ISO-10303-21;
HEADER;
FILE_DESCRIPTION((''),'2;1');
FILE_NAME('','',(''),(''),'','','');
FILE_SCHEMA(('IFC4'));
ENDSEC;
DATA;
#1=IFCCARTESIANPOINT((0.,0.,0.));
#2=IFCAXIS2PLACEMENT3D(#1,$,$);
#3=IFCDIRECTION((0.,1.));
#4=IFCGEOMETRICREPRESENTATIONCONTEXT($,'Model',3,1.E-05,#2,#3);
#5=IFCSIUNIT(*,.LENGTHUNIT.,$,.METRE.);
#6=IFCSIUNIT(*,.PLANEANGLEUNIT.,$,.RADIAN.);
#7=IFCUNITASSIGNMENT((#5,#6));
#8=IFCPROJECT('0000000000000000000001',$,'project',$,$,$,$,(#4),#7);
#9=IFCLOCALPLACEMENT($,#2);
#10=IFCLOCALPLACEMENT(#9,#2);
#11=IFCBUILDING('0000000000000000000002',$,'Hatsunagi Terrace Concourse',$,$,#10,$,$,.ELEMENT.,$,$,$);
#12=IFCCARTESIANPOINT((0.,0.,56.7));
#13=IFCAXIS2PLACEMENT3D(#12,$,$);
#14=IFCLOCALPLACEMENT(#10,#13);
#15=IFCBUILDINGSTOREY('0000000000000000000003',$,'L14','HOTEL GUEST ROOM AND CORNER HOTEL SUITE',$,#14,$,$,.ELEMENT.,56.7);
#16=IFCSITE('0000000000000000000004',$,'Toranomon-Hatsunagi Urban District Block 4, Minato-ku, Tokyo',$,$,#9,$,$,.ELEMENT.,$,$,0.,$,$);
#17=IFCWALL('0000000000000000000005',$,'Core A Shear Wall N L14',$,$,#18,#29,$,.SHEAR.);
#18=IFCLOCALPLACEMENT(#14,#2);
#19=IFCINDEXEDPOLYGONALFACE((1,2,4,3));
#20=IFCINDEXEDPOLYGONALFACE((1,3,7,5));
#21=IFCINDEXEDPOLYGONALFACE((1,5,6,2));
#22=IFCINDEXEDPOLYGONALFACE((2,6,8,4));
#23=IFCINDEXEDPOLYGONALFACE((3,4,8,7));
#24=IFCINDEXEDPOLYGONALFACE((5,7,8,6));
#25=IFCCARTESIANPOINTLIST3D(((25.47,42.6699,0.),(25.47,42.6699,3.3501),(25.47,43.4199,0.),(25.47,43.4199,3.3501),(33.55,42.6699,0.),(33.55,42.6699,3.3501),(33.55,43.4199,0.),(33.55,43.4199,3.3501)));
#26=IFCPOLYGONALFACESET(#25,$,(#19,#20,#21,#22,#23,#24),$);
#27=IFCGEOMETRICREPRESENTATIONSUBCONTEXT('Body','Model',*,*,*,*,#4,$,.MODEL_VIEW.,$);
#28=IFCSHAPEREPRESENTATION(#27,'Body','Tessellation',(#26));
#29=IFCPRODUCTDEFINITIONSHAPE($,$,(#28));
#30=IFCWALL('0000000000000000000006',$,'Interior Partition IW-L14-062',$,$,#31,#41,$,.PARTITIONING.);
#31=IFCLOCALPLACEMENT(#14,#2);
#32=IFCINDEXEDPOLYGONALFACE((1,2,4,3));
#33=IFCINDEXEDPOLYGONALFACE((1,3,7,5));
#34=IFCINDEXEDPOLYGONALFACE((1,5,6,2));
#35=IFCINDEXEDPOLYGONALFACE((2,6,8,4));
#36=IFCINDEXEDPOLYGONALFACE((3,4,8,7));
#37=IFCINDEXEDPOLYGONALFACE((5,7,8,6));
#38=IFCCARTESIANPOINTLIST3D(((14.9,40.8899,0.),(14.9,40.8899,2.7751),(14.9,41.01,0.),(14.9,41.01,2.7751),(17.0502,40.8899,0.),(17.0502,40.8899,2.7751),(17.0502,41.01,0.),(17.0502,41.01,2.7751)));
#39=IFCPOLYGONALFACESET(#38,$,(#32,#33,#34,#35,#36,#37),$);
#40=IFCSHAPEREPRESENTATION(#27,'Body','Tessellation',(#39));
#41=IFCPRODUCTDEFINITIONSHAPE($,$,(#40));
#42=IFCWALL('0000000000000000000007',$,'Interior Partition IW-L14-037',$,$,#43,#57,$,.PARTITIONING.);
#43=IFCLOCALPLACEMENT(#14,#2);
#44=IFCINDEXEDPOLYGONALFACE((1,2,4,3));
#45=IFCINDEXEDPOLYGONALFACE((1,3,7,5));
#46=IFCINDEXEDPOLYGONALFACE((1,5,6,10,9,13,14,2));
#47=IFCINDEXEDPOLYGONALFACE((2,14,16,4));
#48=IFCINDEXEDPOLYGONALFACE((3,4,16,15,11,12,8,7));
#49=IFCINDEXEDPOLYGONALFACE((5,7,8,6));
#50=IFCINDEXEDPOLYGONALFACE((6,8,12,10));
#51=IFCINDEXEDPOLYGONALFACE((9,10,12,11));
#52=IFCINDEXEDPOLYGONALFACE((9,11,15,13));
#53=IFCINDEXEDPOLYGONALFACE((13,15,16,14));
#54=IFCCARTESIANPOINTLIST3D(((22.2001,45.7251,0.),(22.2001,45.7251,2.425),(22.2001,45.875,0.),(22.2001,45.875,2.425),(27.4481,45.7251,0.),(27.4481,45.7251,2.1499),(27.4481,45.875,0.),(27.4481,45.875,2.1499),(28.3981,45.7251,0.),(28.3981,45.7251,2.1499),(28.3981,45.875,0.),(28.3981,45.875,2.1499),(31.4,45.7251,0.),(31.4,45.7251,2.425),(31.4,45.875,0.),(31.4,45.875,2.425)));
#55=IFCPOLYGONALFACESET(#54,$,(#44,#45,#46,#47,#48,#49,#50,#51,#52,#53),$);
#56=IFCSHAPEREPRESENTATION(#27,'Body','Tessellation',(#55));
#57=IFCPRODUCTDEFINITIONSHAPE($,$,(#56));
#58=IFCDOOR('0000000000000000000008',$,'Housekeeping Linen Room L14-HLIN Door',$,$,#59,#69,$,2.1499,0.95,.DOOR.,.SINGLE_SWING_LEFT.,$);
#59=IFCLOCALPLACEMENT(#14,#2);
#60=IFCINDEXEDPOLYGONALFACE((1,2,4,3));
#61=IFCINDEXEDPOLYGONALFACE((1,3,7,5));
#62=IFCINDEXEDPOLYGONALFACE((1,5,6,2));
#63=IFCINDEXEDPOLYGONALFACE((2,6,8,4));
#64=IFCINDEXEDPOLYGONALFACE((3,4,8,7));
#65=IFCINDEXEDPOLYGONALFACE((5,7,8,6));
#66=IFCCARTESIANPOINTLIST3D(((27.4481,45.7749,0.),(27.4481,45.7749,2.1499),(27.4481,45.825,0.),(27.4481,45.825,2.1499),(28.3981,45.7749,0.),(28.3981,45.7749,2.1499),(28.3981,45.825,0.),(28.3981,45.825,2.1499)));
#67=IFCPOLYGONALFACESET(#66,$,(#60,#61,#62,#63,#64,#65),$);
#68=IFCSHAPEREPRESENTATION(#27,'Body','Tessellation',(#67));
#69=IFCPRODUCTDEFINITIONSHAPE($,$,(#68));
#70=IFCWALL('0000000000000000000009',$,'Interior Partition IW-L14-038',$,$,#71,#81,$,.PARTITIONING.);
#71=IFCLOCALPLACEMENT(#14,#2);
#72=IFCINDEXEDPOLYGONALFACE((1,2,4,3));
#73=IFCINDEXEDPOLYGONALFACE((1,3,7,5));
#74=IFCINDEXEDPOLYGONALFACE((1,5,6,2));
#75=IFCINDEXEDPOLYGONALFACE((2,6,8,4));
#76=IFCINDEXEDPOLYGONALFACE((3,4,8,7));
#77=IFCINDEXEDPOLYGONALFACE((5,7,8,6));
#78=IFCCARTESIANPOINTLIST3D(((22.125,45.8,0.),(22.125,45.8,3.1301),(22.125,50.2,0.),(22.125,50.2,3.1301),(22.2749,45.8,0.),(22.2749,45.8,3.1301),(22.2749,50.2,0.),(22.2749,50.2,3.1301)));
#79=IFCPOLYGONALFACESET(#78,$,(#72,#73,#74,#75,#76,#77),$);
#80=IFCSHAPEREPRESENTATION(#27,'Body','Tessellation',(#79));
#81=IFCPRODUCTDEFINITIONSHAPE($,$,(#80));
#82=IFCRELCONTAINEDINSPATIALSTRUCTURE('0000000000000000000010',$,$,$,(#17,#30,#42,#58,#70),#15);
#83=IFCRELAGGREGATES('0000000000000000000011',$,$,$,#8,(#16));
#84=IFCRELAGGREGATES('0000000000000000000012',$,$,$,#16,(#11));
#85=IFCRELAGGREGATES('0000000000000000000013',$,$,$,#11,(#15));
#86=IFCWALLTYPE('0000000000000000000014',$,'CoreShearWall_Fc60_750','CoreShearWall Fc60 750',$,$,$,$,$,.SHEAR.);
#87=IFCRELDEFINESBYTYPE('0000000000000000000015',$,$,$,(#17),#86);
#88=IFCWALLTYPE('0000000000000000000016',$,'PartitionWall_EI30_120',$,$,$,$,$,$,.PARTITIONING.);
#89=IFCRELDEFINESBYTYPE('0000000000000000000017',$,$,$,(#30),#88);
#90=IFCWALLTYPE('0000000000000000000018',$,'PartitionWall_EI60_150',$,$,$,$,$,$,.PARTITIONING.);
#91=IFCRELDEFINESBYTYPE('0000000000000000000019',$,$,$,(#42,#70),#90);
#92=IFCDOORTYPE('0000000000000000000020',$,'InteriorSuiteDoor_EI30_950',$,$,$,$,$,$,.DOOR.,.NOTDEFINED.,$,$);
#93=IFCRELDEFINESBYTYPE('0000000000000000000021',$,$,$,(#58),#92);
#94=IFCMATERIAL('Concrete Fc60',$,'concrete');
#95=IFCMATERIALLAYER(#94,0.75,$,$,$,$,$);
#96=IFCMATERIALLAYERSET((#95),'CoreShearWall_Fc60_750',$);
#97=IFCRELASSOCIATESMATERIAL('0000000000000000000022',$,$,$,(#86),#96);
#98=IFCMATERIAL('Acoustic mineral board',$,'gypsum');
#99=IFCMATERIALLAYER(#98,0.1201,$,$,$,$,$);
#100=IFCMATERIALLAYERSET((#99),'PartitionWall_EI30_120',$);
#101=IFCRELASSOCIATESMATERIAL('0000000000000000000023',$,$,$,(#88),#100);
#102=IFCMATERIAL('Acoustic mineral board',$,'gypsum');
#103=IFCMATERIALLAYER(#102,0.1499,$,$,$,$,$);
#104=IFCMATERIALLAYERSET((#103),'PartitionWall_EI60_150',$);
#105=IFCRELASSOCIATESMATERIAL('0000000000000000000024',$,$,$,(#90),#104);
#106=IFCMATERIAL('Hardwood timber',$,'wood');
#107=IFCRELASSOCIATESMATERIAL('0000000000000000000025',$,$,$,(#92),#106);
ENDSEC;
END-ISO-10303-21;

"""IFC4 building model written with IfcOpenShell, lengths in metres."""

from ifc_helpers import new_model, si_unit, direction, frame, frame_2d, origin, place, context, subcontext, project, spatial, rectangle, extrude, material, layer, layer_set, type_object, element, fill, save


model = new_model("IFC4")

# Units and contexts
model_context = context("Model", 3, precision=1e-05, world=origin(), true_north=direction((0.0, 1.0)))
body_context = subcontext(model_context, "Body", "Model", "MODEL_VIEW")
ifc_project = project(units=[si_unit("LENGTHUNIT", "METRE"), si_unit("PLANEANGLEUNIT", "RADIAN")], contexts=[model_context])

# Site, building, storey
site_placement = place(None, origin())
site = spatial("IfcSite", under=ifc_project, at=site_placement, Name="Toranomon-Hatsunagi Urban District Block 4, Minato-ku, Tokyo", CompositionType="ELEMENT", RefElevation=0.0)
building_placement = place(site_placement, origin())
building = spatial("IfcBuilding", under=site, at=building_placement, Name="Hatsunagi Terrace Concourse", CompositionType="ELEMENT")
storey_placement = place(building_placement, frame((0.0, 0.0, 56.7)))
storey = spatial("IfcBuildingStorey", under=building, at=storey_placement, Name="L14", Description="HOTEL GUEST ROOM AND CORNER HOTEL SUITE", CompositionType="ELEMENT", Elevation=56.7)

# Walls
ifc_material_1 = material(Name="Concrete Fc60", Category="concrete")
ifc_layer_1 = layer(ifc_material_1, 0.75)
ifc_layer_set_1 = layer_set([ifc_layer_1], Name="CoreShearWall_Fc60_750")
wall_type_1 = type_object("IfcWallType", Name="CoreShearWall_Fc60_750", Description="CoreShearWall Fc60 750", PredefinedType="SHEAR", material=ifc_layer_set_1)
wall_1_placement = place(storey_placement, frame((25.47, 43.0449, 0.0), z_axis=(0.0, 0.0, 1.0), x_axis=(1.0, 0.0, 0.0)))
element("IfcWall", 1, at=wall_1_placement, inside=storey, type_object=wall_type_1, Name="Core A Shear Wall N L14", PredefinedType="SHEAR", context=body_context, shape_type="SweptSolid", body=[
    extrude(rectangle(XDim=8.0801, YDim=0.75, at=frame_2d((4.04, 0.0))), origin(), (0.0, 0.0, 1.0), 3.3501),
])
ifc_material_2 = material(Name="Acoustic mineral board", Category="gypsum")
ifc_layer_2 = layer(ifc_material_2, 0.1201)
ifc_layer_set_2 = layer_set([ifc_layer_2], Name="PartitionWall_EI30_120")
wall_type_2 = type_object("IfcWallType", Name="PartitionWall_EI30_120", PredefinedType="PARTITIONING", material=ifc_layer_set_2)
wall_2_placement = place(storey_placement, frame((14.8999, 40.95, 0.0), z_axis=(0.0, 0.0, 1.0), x_axis=(1.0, 0.0, 0.0)))
element("IfcWall", 2, at=wall_2_placement, inside=storey, type_object=wall_type_2, Name="Interior Partition IW-L14-062", PredefinedType="PARTITIONING", context=body_context, shape_type="SweptSolid", body=[
    extrude(rectangle(XDim=2.1501, YDim=0.1201, at=frame_2d((1.0752, 0.0))), origin(), (0.0, 0.0, 1.0), 2.7751),
])

# Wall, opening, door
ifc_material_3 = material(Name="Acoustic mineral board", Category="gypsum")
ifc_layer_3 = layer(ifc_material_3, 0.1499)
ifc_layer_set_3 = layer_set([ifc_layer_3], Name="PartitionWall_EI60_150")
wall_type_3 = type_object("IfcWallType", Name="PartitionWall_EI60_150", PredefinedType="PARTITIONING", material=ifc_layer_set_3)
wall_3_placement = place(storey_placement, frame((22.2, 45.8, 0.0), z_axis=(0.0, 0.0, 1.0), x_axis=(1.0, 0.0, 0.0)))
wall_3 = element("IfcWall", 3, at=wall_3_placement, inside=storey, type_object=wall_type_3, Name="Interior Partition IW-L14-037", PredefinedType="PARTITIONING", context=body_context, shape_type="SweptSolid", body=[
    extrude(rectangle(XDim=9.2, YDim=0.1499, at=frame_2d((4.6001, 0.0))), origin(), (0.0, 0.0, 1.0), 2.425),
])
opening_placement = place(wall_3_placement, frame((5.248, 0.0, 0.0)))
opening = element("IfcOpeningElement", 4, at=opening_placement, cuts=wall_3, PredefinedType="OPENING", context=body_context, shape_type="SweptSolid", body=[
    extrude(rectangle(XDim=0.95, YDim=2.1499, at=frame_2d((0.4751, 1.075))), frame((0.0, 0.085, 0.0), z_axis=(0.0, -1.0, 0.0), x_axis=(1.0, 0.0, 0.0)), (0.0, 0.0, 1.0), 0.1699),
])
ifc_material_4 = material(Name="Hardwood timber", Category="wood")
door_type = type_object("IfcDoorType", Name="InteriorSuiteDoor_EI30_950", OperationType="NOTDEFINED", PredefinedType="DOOR", material=ifc_material_4)
door_placement = place(opening_placement, origin())
door = element("IfcDoor", 5, at=door_placement, inside=storey, type_object=door_type, Name="Housekeeping Linen Room L14-HLIN Door", OperationType="SINGLE_SWING_LEFT", OverallHeight=2.1499, OverallWidth=0.95, PredefinedType="DOOR", context=body_context, shape_type="SweptSolid", body=[
    extrude(rectangle(XDim=0.95, YDim=2.1499, at=frame_2d((0.4751, 1.075))), frame((0.0, 0.0249, 0.0), z_axis=(0.0, -1.0, 0.0), x_axis=(1.0, 0.0, 0.0)), (0.0, 0.0, 1.0), 0.05),
])
fill(opening, door)

# Wall
wall_4_placement = place(storey_placement, frame((22.2, 45.8, 0.0), z_axis=(0.0, 0.0, 1.0), x_axis=(0.0, 1.0, 0.0)))
element("IfcWall", 6, at=wall_4_placement, inside=storey, type_object=wall_type_3, Name="Interior Partition IW-L14-038", PredefinedType="PARTITIONING", context=body_context, shape_type="SweptSolid", body=[
    extrude(rectangle(XDim=4.3999, YDim=0.1499, at=frame_2d((2.2, 0.0))), origin(), (0.0, 0.0, 1.0), 3.1301),
])

save(model, "model.ifc")
